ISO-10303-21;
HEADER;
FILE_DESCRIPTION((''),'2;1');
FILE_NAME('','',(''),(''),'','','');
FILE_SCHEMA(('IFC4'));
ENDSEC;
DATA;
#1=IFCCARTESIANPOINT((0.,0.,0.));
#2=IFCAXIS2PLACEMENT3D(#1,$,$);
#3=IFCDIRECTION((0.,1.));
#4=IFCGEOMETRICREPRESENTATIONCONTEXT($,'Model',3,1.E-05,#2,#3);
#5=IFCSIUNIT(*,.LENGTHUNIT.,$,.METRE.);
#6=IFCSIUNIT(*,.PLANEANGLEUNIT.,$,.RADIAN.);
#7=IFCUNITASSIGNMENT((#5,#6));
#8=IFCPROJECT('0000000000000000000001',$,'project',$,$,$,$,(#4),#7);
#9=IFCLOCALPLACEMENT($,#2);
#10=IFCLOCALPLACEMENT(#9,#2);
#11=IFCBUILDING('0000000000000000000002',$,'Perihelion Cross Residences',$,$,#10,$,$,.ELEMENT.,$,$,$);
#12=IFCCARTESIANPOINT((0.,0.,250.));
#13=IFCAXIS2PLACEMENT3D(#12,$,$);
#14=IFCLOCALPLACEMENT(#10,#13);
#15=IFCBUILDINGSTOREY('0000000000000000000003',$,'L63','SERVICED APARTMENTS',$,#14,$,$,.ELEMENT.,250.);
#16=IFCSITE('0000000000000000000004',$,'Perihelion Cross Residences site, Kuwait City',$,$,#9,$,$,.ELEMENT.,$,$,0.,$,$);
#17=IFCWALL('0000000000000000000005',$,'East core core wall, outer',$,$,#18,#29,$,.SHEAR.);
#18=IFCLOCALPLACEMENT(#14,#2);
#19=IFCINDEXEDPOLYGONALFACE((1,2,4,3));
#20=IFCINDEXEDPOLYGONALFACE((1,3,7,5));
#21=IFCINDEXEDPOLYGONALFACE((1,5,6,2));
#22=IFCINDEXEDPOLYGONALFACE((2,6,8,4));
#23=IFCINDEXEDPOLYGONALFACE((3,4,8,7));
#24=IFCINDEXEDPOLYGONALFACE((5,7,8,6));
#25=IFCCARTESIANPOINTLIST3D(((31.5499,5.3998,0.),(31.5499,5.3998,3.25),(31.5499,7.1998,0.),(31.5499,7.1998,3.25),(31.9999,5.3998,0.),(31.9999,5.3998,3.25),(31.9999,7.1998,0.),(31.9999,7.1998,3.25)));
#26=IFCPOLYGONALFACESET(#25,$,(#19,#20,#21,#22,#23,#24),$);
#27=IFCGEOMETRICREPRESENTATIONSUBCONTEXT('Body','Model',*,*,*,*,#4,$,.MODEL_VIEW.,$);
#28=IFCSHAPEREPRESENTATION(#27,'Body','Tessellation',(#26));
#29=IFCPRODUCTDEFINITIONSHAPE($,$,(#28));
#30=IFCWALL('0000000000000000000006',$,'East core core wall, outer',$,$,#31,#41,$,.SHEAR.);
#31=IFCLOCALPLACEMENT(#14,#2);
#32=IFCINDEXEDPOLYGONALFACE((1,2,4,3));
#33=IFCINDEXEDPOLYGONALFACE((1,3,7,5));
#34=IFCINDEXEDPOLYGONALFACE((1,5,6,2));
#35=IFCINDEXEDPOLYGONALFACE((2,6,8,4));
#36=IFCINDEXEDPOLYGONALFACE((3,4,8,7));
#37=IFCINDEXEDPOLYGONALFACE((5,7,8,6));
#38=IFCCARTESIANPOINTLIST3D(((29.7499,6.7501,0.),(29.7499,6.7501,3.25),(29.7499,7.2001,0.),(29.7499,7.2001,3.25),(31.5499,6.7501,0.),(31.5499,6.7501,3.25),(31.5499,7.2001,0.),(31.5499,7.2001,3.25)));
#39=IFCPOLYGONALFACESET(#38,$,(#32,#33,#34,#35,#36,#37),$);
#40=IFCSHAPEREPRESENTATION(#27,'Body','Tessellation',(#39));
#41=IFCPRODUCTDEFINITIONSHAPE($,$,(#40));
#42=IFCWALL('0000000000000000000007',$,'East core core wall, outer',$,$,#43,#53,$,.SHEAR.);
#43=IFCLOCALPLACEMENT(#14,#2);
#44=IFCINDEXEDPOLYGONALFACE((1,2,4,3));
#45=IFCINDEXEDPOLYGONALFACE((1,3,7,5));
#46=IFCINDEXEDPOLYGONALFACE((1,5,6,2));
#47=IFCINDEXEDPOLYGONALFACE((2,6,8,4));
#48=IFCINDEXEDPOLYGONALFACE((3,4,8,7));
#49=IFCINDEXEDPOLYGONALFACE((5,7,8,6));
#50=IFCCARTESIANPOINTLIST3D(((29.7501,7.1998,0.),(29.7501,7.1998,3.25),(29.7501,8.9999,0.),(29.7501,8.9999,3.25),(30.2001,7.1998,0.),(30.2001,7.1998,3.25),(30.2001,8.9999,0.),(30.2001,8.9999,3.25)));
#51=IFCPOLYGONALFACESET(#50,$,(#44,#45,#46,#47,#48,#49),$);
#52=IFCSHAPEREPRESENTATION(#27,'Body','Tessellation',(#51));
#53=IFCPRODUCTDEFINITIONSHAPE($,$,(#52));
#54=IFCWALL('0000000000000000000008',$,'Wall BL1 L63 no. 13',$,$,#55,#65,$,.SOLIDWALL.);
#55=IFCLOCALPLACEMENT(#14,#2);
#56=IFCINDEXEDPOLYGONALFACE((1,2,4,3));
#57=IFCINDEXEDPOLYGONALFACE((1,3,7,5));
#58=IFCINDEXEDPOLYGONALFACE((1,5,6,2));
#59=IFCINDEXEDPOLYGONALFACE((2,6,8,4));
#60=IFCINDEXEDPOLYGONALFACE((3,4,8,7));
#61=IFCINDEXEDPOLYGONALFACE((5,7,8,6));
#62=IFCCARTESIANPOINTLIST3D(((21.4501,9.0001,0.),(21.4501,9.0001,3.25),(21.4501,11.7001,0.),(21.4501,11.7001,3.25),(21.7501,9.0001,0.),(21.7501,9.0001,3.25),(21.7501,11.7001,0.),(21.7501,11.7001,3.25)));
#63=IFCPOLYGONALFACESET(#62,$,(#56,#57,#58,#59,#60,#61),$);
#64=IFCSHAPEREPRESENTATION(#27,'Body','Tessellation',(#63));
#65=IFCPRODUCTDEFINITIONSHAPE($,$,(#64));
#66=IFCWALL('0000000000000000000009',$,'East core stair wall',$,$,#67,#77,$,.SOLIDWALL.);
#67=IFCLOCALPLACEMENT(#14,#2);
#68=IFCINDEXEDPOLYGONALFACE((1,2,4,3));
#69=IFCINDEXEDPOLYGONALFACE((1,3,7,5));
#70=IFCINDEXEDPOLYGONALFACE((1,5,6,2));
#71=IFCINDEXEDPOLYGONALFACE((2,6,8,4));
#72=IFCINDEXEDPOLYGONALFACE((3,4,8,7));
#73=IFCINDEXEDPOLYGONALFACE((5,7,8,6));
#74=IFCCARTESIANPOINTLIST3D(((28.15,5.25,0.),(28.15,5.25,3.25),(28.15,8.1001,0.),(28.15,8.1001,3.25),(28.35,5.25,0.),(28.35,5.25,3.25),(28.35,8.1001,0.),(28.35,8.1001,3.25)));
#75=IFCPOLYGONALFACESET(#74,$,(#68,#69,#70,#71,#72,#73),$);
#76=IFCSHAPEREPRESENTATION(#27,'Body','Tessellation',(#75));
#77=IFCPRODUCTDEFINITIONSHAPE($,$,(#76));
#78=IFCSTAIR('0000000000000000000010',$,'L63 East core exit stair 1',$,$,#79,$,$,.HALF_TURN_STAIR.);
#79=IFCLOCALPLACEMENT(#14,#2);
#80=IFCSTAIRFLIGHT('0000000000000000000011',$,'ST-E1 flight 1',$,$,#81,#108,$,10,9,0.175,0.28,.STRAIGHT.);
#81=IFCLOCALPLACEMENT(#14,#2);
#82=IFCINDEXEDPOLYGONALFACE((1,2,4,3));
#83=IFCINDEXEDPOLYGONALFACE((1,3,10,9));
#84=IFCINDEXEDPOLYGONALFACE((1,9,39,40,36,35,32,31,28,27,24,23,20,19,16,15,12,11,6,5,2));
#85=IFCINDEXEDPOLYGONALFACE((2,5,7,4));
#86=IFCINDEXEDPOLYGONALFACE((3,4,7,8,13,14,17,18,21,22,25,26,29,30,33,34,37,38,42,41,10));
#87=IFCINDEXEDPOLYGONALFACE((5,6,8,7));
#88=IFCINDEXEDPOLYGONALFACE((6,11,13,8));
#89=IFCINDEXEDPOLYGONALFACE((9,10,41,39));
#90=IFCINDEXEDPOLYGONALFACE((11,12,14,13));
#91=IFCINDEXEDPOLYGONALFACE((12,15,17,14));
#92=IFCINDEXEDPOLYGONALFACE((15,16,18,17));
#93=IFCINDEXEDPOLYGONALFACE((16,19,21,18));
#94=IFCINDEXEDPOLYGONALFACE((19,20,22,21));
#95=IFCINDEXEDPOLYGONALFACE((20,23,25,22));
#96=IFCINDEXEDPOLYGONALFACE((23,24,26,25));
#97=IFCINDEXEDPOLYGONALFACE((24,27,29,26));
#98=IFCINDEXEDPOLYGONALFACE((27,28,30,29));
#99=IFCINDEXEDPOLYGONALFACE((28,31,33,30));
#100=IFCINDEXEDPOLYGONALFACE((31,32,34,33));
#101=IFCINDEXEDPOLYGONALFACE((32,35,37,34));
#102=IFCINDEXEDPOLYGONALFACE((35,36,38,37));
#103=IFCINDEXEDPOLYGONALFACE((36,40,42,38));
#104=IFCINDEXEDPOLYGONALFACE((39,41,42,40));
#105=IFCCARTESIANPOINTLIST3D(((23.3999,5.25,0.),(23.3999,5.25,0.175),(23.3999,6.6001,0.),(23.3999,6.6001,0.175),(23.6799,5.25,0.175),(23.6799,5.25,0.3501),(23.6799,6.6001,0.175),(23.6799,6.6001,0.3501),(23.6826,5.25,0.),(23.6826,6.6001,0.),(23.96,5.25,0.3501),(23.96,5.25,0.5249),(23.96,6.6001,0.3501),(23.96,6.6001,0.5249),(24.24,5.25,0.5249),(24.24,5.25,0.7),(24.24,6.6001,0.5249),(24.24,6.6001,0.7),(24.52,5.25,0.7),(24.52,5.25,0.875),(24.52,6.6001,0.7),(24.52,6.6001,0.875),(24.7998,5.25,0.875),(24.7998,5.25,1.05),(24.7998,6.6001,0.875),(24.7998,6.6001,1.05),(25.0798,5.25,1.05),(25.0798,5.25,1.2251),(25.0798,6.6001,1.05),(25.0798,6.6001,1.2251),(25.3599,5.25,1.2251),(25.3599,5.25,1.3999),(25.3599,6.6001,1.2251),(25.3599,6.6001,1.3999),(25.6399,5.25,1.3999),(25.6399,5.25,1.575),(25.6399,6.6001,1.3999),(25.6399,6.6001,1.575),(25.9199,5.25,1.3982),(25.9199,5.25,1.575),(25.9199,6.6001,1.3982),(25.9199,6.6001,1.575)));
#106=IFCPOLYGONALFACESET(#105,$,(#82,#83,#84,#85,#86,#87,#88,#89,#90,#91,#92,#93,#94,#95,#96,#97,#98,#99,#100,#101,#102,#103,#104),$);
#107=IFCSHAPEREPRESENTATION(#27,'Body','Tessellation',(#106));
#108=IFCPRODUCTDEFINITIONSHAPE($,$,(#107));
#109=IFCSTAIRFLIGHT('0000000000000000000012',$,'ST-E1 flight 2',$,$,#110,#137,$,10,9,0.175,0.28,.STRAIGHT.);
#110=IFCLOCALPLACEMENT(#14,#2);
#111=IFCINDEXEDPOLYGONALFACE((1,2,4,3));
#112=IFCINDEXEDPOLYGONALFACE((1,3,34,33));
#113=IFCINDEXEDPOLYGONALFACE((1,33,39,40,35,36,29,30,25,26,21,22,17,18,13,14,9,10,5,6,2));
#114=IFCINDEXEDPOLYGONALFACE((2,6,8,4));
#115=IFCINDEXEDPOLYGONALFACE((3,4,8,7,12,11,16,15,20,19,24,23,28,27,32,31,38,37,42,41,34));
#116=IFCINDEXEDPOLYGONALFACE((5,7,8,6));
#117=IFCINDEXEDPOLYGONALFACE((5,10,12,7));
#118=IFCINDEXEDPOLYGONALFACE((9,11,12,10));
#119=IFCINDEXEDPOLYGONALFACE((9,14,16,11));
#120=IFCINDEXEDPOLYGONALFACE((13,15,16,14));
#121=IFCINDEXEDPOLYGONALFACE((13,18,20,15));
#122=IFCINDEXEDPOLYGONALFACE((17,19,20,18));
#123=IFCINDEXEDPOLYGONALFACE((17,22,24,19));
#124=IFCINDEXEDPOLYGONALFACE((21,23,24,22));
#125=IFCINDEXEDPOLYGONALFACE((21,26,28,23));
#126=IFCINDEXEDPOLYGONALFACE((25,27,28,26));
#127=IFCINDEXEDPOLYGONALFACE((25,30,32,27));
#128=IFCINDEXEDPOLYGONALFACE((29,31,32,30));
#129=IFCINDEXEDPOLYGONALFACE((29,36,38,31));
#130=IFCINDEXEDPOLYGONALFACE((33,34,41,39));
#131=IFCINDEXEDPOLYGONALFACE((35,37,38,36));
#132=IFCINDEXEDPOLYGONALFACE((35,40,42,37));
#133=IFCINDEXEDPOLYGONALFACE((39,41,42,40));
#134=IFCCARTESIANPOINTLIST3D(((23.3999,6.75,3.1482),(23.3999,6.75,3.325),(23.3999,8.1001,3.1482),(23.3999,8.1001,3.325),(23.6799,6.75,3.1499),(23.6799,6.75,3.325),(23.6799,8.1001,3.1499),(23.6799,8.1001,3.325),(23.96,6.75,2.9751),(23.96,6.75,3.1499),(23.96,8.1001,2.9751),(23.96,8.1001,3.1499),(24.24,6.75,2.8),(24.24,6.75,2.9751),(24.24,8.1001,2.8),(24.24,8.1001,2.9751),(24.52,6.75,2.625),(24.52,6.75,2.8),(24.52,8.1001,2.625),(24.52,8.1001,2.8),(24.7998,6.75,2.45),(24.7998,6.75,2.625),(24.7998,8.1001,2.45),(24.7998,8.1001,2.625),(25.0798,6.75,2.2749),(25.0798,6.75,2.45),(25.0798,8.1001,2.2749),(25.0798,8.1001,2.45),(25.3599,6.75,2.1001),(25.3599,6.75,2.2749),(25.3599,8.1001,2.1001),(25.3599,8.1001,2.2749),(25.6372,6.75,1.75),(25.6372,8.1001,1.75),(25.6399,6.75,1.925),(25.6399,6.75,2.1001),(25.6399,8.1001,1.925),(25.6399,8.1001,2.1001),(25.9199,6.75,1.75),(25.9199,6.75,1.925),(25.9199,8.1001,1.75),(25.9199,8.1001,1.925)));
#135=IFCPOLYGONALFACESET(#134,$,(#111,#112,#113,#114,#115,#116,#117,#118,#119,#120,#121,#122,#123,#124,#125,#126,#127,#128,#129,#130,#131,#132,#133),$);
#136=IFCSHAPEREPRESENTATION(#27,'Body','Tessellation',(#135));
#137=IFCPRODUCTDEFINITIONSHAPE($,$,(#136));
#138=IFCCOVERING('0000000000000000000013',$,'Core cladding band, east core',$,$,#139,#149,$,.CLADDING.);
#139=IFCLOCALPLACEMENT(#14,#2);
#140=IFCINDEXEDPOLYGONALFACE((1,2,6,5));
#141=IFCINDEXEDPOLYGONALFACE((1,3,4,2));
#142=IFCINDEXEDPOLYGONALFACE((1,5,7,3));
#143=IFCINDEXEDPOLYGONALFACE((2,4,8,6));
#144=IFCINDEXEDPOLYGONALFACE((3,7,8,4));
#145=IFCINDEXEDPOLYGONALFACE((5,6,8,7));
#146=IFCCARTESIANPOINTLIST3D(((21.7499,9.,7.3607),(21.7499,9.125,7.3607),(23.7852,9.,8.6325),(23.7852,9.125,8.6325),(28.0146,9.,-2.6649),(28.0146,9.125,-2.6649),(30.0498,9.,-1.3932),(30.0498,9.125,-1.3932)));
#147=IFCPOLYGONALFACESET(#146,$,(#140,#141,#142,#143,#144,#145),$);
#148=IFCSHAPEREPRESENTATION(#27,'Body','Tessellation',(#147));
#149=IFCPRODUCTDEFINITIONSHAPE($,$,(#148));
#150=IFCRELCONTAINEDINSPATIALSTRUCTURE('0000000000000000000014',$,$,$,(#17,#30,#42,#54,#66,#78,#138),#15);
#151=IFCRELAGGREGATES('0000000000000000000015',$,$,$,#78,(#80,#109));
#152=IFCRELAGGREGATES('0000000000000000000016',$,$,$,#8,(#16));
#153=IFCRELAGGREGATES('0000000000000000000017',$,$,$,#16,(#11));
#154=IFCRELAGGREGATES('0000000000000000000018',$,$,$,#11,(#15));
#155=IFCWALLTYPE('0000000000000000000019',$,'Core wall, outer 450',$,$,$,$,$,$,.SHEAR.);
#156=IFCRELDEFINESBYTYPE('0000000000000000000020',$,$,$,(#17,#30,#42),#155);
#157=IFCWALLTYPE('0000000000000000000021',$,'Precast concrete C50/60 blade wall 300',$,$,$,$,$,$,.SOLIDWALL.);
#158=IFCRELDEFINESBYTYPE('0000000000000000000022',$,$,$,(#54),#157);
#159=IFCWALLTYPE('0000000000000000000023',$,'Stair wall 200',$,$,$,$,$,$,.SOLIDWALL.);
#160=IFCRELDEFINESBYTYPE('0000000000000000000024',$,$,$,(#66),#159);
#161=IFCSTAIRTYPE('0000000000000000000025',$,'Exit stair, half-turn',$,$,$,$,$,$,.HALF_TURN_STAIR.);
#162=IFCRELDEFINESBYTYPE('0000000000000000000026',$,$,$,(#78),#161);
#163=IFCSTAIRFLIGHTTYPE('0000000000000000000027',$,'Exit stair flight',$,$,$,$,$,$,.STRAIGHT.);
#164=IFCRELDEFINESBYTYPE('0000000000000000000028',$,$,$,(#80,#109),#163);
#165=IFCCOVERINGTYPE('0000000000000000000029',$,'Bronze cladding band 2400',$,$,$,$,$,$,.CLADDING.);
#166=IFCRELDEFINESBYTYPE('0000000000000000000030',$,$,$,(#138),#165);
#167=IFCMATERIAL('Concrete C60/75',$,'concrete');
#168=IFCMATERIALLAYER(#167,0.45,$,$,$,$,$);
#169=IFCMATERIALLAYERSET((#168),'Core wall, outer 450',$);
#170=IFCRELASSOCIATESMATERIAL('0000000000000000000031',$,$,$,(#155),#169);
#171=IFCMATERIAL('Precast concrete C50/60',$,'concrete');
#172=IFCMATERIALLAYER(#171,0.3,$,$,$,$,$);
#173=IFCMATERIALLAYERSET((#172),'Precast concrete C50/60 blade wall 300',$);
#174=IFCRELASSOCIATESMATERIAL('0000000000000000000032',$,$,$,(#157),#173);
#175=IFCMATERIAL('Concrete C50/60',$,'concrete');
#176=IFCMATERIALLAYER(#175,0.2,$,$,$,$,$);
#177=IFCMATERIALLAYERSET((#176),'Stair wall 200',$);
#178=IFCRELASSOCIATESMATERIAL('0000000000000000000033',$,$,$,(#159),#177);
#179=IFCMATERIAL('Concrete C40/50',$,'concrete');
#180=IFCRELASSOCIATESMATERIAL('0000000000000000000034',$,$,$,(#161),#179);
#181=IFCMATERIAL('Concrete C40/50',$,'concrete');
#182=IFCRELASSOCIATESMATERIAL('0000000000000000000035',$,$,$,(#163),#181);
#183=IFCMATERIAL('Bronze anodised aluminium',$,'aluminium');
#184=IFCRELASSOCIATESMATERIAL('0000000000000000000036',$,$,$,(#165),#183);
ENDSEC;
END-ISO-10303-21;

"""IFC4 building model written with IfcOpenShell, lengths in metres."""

from ifc_helpers import new_model, si_unit, direction, frame, frame_2d, origin, origin_2d, place, context, subcontext, project, spatial, polyline, rectangle, outline, extrude, material, layer, layer_set, material_profile, profile_set, type_object, element, aggregate, save


model = new_model("IFC4")

# Units and contexts
model_context = context("Model", 3, precision=1e-05, world=origin(), true_north=direction((0.0, 1.0)))
body_context = subcontext(model_context, "Body", "Model", "MODEL_VIEW")
ifc_project = project(units=[si_unit("LENGTHUNIT", "METRE"), si_unit("PLANEANGLEUNIT", "RADIAN")], contexts=[model_context])

# Site, building, storey
site_placement = place(None, origin())
site = spatial("IfcSite", under=ifc_project, at=site_placement, Name="Perihelion Cross Residences site, Kuwait City", CompositionType="ELEMENT", RefElevation=0.0)
building_placement = place(site_placement, origin())
building = spatial("IfcBuilding", under=site, at=building_placement, Name="Perihelion Cross Residences", CompositionType="ELEMENT")
storey_placement = place(building_placement, frame((0.0, 0.0, 250.0)))
storey = spatial("IfcBuildingStorey", under=building, at=storey_placement, Name="L63", Description="SERVICED APARTMENTS", CompositionType="ELEMENT", Elevation=250.0)

# Walls
ifc_material_1 = material(Name="Concrete C60/75", Category="concrete")
ifc_layer_1 = layer(ifc_material_1, 0.45)
ifc_layer_set_1 = layer_set([ifc_layer_1], Name="Core wall, outer 450")
wall_type_1 = type_object("IfcWallType", Name="Core wall, outer 450", PredefinedType="SHEAR", material=ifc_layer_set_1)
for number, where, z_axis, x_axis, name in (
    (1, (31.7749, 5.3999, 0.0), (0.0, 0.0, 1.0), (0.0, 1.0, 0.0), "East core core wall, outer"),
    (2, (29.75, 6.9751, 0.0), (0.0, 0.0, 1.0), (1.0, 0.0, 0.0), "East core core wall, outer"),
    (3, (29.9751, 7.2, 0.0), (0.0, 0.0, 1.0), (0.0, 1.0, 0.0), "East core core wall, outer"),
):
    element("IfcWall", number, at=place(storey_placement, frame(where, z_axis=z_axis, x_axis=x_axis)), inside=storey, type_object=wall_type_1, Name=name, PredefinedType="SHEAR", context=body_context, shape_type="SweptSolid", body=[
        extrude(rectangle(XDim=1.8, YDim=0.45, at=frame_2d((0.8999, 0.0))), origin(), (0.0, 0.0, 1.0), 3.25),
    ])
ifc_material_2 = material(Name="Precast concrete C50/60", Category="concrete")
ifc_layer_2 = layer(ifc_material_2, 0.3)
ifc_layer_set_2 = layer_set([ifc_layer_2], Name="Precast concrete C50/60 blade wall 300")
wall_type_2 = type_object("IfcWallType", Name="Precast concrete C50/60 blade wall 300", PredefinedType="SOLIDWALL", material=ifc_layer_set_2)
wall_1_placement = place(storey_placement, frame((21.6001, 9.0, 0.0), z_axis=(0.0, 0.0, 1.0), x_axis=(0.0, 1.0, 0.0)))
element("IfcWall", 4, at=wall_1_placement, inside=storey, type_object=wall_type_2, Name="Wall BL1 L63 no. 13", PredefinedType="SOLIDWALL", context=body_context, shape_type="SweptSolid", body=[
    extrude(rectangle(XDim=2.7, YDim=0.3, at=frame_2d((1.3501, 0.0))), origin(), (0.0, 0.0, 1.0), 3.25),
])
ifc_material_3 = material(Name="Concrete C50/60", Category="concrete")
ifc_layer_3 = layer(ifc_material_3, 0.2)
ifc_layer_set_3 = layer_set([ifc_layer_3], Name="Stair wall 200")
wall_type_3 = type_object("IfcWallType", Name="Stair wall 200", PredefinedType="SOLIDWALL", material=ifc_layer_set_3)
wall_2_placement = place(storey_placement, frame((28.25, 5.25, 0.0), z_axis=(0.0, 0.0, 1.0), x_axis=(0.0, 1.0, 0.0)))
element("IfcWall", 5, at=wall_2_placement, inside=storey, type_object=wall_type_3, Name="East core stair wall", PredefinedType="SOLIDWALL", context=body_context, shape_type="SweptSolid", body=[
    extrude(rectangle(XDim=2.8501, YDim=0.2, at=frame_2d((1.425, 0.0))), origin(), (0.0, 0.0, 1.0), 3.25),
])

# Stair, stair flights
ifc_material_4 = material(Name="Concrete C40/50", Category="concrete")
stair_type = type_object("IfcStairType", Name="Exit stair, half-turn", PredefinedType="HALF_TURN_STAIR", material=ifc_material_4)
stair_placement = place(storey_placement, origin())
stair = element("IfcStair", 6, at=stair_placement, inside=storey, type_object=stair_type, Name="L63 East core exit stair 1", PredefinedType="HALF_TURN_STAIR")
ifc_material_5 = material(Name="Concrete C40/50", Category="concrete")
stair_flight_type = type_object("IfcStairFlightType", Name="Exit stair flight", PredefinedType="STRAIGHT", material=ifc_material_5)
stair_flight_1_placement = place(storey_placement, frame((23.3999, 5.925, 0.0), z_axis=(0.0, 0.0, 1.0), x_axis=(1.0, 0.0, 0.0)))
stair_flight_1 = element("IfcStairFlight", 7, at=stair_flight_1_placement, type_object=stair_flight_type, Name="ST-E1 flight 1", NumberOfRisers=10, NumberOfTreads=9, PredefinedType="STRAIGHT", RiserHeight=0.175, TreadLength=0.28, context=body_context, shape_type="SweptSolid", body=[
    extrude(outline(polyline([(0.0, 0.0), (0.0, 0.175), (0.28, 0.175), (0.28, 0.3501), (0.5601, 0.3501), (0.5601, 0.5249), (0.8401, 0.5249), (0.8401, 0.7), (1.1201, 0.7), (1.1201, 0.875), (1.3999, 0.875), (1.3999, 1.05), (1.6799, 1.05), (1.6799, 1.2251), (1.96, 1.2251), (1.96, 1.3999), (2.24, 1.3999), (2.24, 1.575), (2.52, 1.575), (2.52, 1.75), (2.52, 1.3982), (0.2827, 0.0), (0.0, 0.0)])), frame((0.0, 0.675, 0.0), z_axis=(0.0, -1.0, 0.0), x_axis=(1.0, 0.0, 0.0)), (0.0, 0.0, 1.0), 1.3501),
])
stair_flight_2_placement = place(storey_placement, frame((25.9199, 7.425, 1.75), z_axis=(0.0, 0.0, 1.0), x_axis=(-1.0, 0.0, 0.0)))
stair_flight_2 = element("IfcStairFlight", 8, at=stair_flight_2_placement, type_object=stair_flight_type, Name="ST-E1 flight 2", NumberOfRisers=10, NumberOfTreads=9, PredefinedType="STRAIGHT", RiserHeight=0.175, TreadLength=0.28, context=body_context, shape_type="SweptSolid", body=[
    extrude(outline(polyline([(0.0, 0.0), (0.0, 0.175), (0.28, 0.175), (0.28, 0.3501), (0.5601, 0.3501), (0.5601, 0.5249), (0.8401, 0.5249), (0.8401, 0.7), (1.1201, 0.7), (1.1201, 0.875), (1.3999, 0.875), (1.3999, 1.05), (1.6799, 1.05), (1.6799, 1.2251), (1.96, 1.2251), (1.96, 1.3999), (2.24, 1.3999), (2.24, 1.575), (2.52, 1.575), (2.52, 1.75), (2.52, 1.3982), (0.2827, 0.0), (0.0, 0.0)])), frame((0.0, 0.675, 0.0), z_axis=(0.0, -1.0, 0.0), x_axis=(1.0, 0.0, 0.0)), (0.0, 0.0, 1.0), 1.3501),
])
aggregate(stair, [stair_flight_1, stair_flight_2])

# Covering
ifc_material_6 = material(Name="Bronze anodised aluminium", Category="aluminium")
ifc_material_profile = material_profile(ifc_material_6, rectangle(XDim=0.125, YDim=2.3999, at=origin_2d()), Name="Bronze cladding band 2400")
ifc_profile_set = profile_set([ifc_material_profile], Name="Bronze anodised aluminium")
covering_type = type_object("IfcCoveringType", Name="Bronze cladding band 2400", PredefinedType="CLADDING", material=ifc_profile_set)
covering_placement = place(storey_placement, frame((29.0322, 9.0625, -2.0291), z_axis=(-0.529915, 0.0, 0.848051), x_axis=(0.0, -1.0, 0.0)))
element("IfcCovering", 9, at=covering_placement, inside=storey, type_object=covering_type, Name="Core cladding band, east core", PredefinedType="CLADDING", context=body_context, shape_type="SweptSolid", body=[
    extrude(rectangle(XDim=0.125, YDim=2.3999, at=origin_2d()), origin(), (0.0, 0.0, 1.0), 11.822),
])

save(model, "model.ifc")
